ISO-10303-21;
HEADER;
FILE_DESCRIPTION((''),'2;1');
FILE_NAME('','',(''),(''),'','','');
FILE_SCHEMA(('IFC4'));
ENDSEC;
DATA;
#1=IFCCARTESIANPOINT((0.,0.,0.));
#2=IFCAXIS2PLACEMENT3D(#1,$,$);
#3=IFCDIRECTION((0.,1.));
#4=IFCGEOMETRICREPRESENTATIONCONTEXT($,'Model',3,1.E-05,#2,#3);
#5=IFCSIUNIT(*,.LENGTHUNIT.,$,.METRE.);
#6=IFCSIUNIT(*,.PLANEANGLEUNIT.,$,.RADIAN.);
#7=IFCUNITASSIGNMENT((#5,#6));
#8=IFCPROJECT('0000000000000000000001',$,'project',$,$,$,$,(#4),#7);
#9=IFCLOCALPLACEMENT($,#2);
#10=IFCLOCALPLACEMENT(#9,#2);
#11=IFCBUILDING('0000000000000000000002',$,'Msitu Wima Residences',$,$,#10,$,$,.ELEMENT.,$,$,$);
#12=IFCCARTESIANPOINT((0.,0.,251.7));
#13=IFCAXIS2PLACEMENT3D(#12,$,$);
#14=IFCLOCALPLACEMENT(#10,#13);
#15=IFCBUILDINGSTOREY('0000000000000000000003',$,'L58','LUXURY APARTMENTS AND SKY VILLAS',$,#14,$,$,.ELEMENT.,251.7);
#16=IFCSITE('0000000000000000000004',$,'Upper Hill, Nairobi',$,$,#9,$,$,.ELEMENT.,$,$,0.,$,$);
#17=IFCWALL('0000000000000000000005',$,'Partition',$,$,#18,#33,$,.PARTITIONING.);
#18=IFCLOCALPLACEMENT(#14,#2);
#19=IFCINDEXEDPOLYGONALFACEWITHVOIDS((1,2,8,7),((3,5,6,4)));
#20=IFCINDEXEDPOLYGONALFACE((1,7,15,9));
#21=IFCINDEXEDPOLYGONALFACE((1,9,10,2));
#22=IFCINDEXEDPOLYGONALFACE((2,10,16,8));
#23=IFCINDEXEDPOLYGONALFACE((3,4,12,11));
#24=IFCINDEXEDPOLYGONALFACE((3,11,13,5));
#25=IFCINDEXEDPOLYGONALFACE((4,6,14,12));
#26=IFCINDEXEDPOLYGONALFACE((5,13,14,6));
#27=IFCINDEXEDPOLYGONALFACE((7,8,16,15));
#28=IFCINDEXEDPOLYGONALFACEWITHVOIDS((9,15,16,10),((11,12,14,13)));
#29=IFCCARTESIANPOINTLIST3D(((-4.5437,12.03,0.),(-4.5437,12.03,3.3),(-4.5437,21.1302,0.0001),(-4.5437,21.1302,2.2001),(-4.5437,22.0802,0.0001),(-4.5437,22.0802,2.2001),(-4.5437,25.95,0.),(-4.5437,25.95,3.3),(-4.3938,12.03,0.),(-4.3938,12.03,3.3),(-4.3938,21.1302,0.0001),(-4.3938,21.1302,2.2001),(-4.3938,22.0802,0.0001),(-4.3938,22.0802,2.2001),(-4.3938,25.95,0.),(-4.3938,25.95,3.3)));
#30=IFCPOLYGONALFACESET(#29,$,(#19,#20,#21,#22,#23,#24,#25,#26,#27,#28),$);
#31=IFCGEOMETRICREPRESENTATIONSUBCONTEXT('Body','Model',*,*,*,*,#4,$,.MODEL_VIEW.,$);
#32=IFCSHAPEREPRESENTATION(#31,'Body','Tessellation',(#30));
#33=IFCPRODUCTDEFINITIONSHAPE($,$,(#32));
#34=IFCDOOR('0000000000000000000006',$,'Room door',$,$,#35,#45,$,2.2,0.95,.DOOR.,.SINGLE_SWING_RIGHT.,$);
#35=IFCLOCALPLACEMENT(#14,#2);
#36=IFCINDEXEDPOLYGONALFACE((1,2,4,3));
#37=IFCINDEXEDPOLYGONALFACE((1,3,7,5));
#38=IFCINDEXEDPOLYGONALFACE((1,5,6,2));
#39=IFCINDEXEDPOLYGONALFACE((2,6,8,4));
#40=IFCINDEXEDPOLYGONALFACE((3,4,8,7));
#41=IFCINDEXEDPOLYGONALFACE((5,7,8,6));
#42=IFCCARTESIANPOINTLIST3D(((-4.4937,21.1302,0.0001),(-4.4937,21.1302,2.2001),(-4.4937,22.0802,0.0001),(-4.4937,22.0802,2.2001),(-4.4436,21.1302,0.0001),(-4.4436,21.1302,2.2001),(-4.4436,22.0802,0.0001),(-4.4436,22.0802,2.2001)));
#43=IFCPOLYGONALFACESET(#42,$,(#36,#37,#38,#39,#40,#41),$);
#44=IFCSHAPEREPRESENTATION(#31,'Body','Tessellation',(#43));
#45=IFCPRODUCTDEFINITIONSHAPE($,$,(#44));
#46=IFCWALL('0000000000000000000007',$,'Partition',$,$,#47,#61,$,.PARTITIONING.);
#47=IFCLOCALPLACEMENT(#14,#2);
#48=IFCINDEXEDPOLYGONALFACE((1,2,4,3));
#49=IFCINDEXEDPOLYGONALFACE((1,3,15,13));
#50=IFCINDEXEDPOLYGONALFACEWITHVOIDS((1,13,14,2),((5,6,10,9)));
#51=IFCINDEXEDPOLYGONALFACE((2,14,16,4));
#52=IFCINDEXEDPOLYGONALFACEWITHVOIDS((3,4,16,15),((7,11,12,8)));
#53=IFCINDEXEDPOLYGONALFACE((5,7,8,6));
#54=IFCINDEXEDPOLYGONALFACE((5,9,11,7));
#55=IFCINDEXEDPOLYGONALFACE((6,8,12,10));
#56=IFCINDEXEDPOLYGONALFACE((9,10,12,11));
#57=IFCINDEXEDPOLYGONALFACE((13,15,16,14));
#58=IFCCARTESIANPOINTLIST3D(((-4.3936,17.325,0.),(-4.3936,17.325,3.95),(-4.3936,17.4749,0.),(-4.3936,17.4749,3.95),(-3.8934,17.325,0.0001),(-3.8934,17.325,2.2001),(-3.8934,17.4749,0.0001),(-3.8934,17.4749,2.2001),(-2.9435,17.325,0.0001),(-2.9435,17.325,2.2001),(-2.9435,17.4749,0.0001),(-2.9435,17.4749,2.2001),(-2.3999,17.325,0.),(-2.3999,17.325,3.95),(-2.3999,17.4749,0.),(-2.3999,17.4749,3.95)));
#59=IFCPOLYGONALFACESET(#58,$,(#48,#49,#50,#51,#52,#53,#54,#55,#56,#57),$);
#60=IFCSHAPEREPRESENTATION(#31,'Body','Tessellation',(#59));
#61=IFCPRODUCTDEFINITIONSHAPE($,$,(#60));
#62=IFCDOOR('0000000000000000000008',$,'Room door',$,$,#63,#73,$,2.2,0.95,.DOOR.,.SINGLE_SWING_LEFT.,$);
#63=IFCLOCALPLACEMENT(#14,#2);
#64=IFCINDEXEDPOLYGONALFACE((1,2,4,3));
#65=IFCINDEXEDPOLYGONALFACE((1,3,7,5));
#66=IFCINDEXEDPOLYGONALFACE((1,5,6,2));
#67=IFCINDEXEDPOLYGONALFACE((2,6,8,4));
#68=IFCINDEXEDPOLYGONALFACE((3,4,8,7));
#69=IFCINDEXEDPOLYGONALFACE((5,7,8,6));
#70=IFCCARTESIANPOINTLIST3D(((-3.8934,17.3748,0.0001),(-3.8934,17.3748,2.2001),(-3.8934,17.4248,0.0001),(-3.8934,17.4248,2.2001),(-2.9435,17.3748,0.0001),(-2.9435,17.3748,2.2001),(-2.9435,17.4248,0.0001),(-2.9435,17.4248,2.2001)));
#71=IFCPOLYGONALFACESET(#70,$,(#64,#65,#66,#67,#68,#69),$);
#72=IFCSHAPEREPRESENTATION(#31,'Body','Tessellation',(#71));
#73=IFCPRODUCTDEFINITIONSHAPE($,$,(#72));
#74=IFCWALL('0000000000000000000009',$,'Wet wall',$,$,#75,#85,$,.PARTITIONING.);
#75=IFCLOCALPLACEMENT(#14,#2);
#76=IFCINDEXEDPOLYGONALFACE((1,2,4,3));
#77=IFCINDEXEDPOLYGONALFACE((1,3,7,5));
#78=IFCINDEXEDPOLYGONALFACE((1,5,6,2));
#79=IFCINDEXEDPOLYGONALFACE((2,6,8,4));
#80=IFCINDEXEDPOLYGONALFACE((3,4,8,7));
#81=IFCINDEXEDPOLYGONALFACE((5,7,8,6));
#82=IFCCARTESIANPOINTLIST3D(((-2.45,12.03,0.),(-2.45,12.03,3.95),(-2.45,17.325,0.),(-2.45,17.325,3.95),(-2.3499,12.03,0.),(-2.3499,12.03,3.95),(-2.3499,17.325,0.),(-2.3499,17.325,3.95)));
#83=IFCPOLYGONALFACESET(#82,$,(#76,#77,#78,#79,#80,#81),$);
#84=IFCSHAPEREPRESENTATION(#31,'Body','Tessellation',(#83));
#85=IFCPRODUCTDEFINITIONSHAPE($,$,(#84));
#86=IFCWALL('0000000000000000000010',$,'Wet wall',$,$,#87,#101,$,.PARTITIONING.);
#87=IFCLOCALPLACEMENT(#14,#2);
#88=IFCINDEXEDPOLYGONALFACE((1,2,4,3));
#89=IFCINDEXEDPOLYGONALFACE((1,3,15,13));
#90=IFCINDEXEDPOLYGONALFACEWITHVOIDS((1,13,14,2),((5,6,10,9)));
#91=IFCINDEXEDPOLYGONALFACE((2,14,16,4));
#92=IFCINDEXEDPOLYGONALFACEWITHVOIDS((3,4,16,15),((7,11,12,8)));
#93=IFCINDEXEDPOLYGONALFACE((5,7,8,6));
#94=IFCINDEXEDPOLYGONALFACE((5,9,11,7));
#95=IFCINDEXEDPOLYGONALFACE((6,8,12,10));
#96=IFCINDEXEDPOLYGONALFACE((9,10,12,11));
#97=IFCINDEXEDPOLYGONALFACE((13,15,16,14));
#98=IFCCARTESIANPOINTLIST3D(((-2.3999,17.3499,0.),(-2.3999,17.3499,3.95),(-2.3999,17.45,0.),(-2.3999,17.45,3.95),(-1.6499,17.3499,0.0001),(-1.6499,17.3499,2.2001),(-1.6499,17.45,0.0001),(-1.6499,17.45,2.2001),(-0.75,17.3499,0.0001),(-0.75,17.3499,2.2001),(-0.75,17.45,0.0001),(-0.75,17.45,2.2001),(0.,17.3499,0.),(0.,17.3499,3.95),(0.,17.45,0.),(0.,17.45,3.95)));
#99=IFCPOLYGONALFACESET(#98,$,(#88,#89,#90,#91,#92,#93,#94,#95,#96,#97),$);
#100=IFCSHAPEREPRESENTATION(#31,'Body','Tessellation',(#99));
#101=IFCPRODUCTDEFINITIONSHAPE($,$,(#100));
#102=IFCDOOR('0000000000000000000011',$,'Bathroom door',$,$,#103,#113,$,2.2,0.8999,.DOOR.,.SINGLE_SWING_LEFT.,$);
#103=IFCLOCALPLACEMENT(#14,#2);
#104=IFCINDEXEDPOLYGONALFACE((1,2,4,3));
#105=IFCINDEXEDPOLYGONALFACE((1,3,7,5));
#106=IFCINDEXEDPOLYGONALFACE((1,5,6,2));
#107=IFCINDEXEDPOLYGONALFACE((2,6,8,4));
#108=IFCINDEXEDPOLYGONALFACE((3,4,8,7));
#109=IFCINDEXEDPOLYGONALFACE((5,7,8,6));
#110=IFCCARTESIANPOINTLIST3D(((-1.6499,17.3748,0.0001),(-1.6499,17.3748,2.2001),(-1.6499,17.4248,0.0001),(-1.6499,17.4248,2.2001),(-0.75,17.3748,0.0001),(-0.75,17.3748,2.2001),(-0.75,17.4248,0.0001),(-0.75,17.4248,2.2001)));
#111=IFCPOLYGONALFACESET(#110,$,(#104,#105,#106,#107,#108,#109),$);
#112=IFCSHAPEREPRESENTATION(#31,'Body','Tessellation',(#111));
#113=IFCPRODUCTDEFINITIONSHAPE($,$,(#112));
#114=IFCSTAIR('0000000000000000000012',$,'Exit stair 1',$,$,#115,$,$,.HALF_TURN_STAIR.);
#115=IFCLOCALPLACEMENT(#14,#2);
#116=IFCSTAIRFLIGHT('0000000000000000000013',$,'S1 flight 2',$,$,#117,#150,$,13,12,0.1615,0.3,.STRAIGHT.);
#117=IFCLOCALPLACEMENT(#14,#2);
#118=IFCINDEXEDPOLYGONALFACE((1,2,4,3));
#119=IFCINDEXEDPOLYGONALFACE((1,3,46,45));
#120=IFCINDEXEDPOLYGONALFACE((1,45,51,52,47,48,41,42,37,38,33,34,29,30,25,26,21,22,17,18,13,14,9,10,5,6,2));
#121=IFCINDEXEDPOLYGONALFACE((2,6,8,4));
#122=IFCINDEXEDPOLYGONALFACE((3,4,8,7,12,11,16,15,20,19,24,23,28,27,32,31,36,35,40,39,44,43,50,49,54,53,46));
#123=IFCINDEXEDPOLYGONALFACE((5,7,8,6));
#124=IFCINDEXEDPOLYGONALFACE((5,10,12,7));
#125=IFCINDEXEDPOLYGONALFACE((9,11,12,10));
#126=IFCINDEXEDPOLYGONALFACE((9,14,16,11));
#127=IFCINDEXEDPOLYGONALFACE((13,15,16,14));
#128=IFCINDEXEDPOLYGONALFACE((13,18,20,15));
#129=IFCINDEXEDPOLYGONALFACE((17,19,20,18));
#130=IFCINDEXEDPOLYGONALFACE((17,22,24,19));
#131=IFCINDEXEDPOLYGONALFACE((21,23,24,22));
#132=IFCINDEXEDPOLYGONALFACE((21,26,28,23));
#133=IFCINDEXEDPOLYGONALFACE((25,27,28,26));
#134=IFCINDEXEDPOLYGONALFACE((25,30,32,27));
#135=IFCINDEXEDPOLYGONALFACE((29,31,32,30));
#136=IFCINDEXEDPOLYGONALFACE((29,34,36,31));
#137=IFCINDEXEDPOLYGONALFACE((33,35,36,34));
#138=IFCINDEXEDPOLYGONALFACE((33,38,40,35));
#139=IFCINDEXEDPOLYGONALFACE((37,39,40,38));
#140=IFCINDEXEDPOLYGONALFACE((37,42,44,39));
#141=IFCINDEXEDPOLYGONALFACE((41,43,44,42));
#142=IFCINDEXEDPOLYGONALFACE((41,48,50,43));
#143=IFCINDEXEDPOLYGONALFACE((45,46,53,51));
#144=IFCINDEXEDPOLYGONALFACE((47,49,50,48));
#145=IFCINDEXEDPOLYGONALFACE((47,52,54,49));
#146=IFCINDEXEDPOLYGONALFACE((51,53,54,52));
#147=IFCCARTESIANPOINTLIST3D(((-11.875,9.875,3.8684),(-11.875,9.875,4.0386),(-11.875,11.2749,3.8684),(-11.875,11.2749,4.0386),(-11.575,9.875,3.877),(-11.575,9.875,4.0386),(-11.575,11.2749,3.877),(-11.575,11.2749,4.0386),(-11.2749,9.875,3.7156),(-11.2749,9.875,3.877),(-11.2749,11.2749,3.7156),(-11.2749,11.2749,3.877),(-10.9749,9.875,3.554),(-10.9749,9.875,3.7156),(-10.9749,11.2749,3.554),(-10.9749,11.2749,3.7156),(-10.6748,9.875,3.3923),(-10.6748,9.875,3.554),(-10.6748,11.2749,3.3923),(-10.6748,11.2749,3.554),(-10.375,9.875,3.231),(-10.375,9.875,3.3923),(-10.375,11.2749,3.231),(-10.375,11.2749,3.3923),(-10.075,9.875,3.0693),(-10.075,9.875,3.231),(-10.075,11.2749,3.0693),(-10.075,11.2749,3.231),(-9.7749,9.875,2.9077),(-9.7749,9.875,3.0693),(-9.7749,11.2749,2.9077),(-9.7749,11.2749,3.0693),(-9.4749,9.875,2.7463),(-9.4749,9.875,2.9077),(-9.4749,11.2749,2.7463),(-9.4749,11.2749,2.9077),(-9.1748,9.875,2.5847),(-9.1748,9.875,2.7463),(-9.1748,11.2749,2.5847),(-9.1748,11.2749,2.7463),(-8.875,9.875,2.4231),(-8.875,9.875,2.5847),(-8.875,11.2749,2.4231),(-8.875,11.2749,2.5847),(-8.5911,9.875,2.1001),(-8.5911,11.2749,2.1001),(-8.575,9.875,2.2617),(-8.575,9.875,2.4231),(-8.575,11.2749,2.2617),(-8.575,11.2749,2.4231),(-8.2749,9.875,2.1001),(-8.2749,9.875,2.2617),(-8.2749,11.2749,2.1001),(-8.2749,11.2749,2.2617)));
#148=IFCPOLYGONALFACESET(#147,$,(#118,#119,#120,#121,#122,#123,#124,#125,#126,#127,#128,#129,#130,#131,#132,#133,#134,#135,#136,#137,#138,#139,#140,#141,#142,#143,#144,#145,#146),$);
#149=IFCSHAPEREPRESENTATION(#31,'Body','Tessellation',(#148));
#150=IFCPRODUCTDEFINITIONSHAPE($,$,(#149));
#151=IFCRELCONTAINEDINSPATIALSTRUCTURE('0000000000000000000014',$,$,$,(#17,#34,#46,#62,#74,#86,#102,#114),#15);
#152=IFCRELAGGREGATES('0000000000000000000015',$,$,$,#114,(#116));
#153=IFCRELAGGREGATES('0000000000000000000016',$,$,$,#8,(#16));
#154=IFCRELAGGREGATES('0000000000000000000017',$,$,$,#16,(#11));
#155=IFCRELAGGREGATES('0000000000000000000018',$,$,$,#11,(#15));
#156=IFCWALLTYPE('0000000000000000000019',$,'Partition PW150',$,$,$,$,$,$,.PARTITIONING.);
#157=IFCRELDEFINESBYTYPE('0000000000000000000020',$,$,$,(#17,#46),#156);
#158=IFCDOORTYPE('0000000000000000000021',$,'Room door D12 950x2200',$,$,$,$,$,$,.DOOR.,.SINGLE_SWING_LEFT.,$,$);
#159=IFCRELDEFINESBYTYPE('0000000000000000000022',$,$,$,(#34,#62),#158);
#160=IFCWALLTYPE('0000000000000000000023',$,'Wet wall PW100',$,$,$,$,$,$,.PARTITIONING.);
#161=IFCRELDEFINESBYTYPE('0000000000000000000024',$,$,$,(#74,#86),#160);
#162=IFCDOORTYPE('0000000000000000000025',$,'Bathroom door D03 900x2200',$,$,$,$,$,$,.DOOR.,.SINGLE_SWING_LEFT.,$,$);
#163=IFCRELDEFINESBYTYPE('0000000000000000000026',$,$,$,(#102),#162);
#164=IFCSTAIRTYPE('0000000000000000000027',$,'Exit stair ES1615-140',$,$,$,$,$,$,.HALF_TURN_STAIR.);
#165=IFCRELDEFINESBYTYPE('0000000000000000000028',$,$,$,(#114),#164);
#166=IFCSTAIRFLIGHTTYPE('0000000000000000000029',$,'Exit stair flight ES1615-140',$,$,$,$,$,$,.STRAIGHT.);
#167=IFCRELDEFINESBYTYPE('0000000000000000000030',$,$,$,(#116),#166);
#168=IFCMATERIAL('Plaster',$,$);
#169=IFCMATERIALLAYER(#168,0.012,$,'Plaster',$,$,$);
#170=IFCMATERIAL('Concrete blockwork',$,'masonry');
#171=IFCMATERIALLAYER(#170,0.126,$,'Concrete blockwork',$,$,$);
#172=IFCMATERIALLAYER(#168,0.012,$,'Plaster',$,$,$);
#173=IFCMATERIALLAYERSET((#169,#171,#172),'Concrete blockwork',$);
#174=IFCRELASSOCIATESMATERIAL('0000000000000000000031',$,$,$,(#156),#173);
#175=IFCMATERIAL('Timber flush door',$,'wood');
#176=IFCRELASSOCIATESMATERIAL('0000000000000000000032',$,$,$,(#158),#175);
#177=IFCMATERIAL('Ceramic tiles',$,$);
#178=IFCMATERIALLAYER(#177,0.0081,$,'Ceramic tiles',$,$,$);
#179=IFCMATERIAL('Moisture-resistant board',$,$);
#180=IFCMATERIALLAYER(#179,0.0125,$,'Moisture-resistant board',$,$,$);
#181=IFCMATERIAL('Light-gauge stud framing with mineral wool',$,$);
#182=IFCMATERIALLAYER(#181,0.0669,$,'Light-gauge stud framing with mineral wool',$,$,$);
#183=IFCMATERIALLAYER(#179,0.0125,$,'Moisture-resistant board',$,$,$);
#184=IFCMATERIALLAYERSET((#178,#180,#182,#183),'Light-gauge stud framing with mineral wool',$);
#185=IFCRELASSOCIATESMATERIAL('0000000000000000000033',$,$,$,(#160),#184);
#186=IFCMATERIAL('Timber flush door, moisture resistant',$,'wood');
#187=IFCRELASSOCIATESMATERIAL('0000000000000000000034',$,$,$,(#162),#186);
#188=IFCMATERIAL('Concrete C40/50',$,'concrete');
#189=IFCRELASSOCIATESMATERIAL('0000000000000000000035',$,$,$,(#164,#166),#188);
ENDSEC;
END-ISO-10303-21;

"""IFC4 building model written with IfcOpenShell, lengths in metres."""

from ifc_helpers import new_model, si_unit, direction, frame, frame_2d, origin, place, context, subcontext, project, spatial, polyline, rectangle, outline, extrude, material, layer, layer_set, type_object, element, fill, aggregate, save


model = new_model("IFC4")

# Units and contexts
model_context = context("Model", 3, precision=1e-05, world=origin(), true_north=direction((0.0, 1.0)))
body_context = subcontext(model_context, "Body", "Model", "MODEL_VIEW")
ifc_project = project(units=[si_unit("LENGTHUNIT", "METRE"), si_unit("PLANEANGLEUNIT", "RADIAN")], contexts=[model_context])

# Site, building, storey
site_placement = place(None, origin())
site = spatial("IfcSite", under=ifc_project, at=site_placement, Name="Upper Hill, Nairobi", CompositionType="ELEMENT", RefElevation=0.0)
building_placement = place(site_placement, origin())
building = spatial("IfcBuilding", under=site, at=building_placement, Name="Msitu Wima Residences", CompositionType="ELEMENT")
storey_placement = place(building_placement, frame((0.0, 0.0, 251.7)))
storey = spatial("IfcBuildingStorey", under=building, at=storey_placement, Name="L58", Description="LUXURY APARTMENTS AND SKY VILLAS", CompositionType="ELEMENT", Elevation=251.7)

# Shared definitions
ifc_material_1 = material(Name="Concrete C40/50", Category="concrete")

# Walls, openings, doors
ifc_material_2 = material(Name="Plaster")
ifc_layer_1 = layer(ifc_material_2, 0.012, Name="Plaster")
ifc_material_3 = material(Name="Concrete blockwork", Category="masonry")
ifc_layer_2 = layer(ifc_material_3, 0.126, Name="Concrete blockwork")
ifc_layer_3 = layer(ifc_material_2, 0.012, Name="Plaster")
ifc_layer_set_1 = layer_set([ifc_layer_1, ifc_layer_2, ifc_layer_3], Name="Concrete blockwork")
wall_type_1 = type_object("IfcWallType", Name="Partition PW150", PredefinedType="PARTITIONING", material=ifc_layer_set_1)
ifc_material_4 = material(Name="Timber flush door", Category="wood")
door_type_1 = type_object("IfcDoorType", Name="Room door D12 950x2200", OperationType="SINGLE_SWING_LEFT", PredefinedType="DOOR", material=ifc_material_4)
wall_1_placement = place(storey_placement, frame((-4.4688, 12.03, 0.0), z_axis=(0.0, 0.0, 1.0), x_axis=(0.0, 1.0, 0.0)))
wall_1 = element("IfcWall", 1, at=wall_1_placement, inside=storey, type_object=wall_type_1, Name="Partition", PredefinedType="PARTITIONING", context=body_context, shape_type="SweptSolid", body=[
    extrude(rectangle(XDim=13.9199, YDim=0.1499, at=frame_2d((6.96, 0.0))), origin(), (0.0, 0.0, 1.0), 3.3),
])
opening_1_placement = place(wall_1_placement, frame((9.1001, 0.0, 0.0)))
opening_1 = element("IfcOpeningElement", 2, at=opening_1_placement, cuts=wall_1, PredefinedType="OPENING", context=body_context, shape_type="SweptSolid", body=[
    extrude(rectangle(XDim=0.95, YDim=2.2, at=frame_2d((0.4751, 1.1001))), frame((0.0, 0.085, 0.0), z_axis=(0.0, -1.0, 0.0), x_axis=(1.0, 0.0, 0.0)), (0.0, 0.0, 1.0), 0.1699),
])
door_1_placement = place(opening_1_placement, origin())
door_1 = element("IfcDoor", 3, at=door_1_placement, inside=storey, type_object=door_type_1, Name="Room door", OperationType="SINGLE_SWING_RIGHT", OverallHeight=2.2, OverallWidth=0.95, PredefinedType="DOOR", context=body_context, shape_type="SweptSolid", body=[
    extrude(rectangle(XDim=0.95, YDim=2.2, at=frame_2d((0.4751, 1.1001))), frame((0.0, 0.0249, 0.0), z_axis=(0.0, -1.0, 0.0), x_axis=(1.0, 0.0, 0.0)), (0.0, 0.0, 1.0), 0.05),
])
fill(opening_1, door_1)
wall_2_placement = place(storey_placement, frame((-4.3936, 17.3999, 0.0), z_axis=(0.0, 0.0, 1.0), x_axis=(1.0, 0.0, 0.0)))
wall_2 = element("IfcWall", 4, at=wall_2_placement, inside=storey, type_object=wall_type_1, Name="Partition", PredefinedType="PARTITIONING", context=body_context, shape_type="SweptSolid", body=[
    extrude(rectangle(XDim=1.9937, YDim=0.1499, at=frame_2d((0.9968, 0.0))), origin(), (0.0, 0.0, 1.0), 3.95),
])
opening_2_placement = place(wall_2_placement, frame((0.5, 0.0, 0.0)))
opening_2 = element("IfcOpeningElement", 5, at=opening_2_placement, cuts=wall_2, PredefinedType="OPENING", context=body_context, shape_type="SweptSolid", body=[
    extrude(rectangle(XDim=0.95, YDim=2.2, at=frame_2d((0.4751, 1.1001))), frame((0.0, 0.085, 0.0), z_axis=(0.0, -1.0, 0.0), x_axis=(1.0, 0.0, 0.0)), (0.0, 0.0, 1.0), 0.1699),
])
door_2_placement = place(opening_2_placement, origin())
door_2 = element("IfcDoor", 6, at=door_2_placement, inside=storey, type_object=door_type_1, Name="Room door", OperationType="SINGLE_SWING_LEFT", OverallHeight=2.2, OverallWidth=0.95, PredefinedType="DOOR", context=body_context, shape_type="SweptSolid", body=[
    extrude(rectangle(XDim=0.95, YDim=2.2, at=frame_2d((0.4751, 1.1001))), frame((0.0, 0.0249, 0.0), z_axis=(0.0, -1.0, 0.0), x_axis=(1.0, 0.0, 0.0)), (0.0, 0.0, 1.0), 0.05),
])
fill(opening_2, door_2)

# Wall
ifc_material_5 = material(Name="Ceramic tiles")
ifc_layer_4 = layer(ifc_material_5, 0.0081, Name="Ceramic tiles")
ifc_material_6 = material(Name="Moisture-resistant board")
ifc_layer_5 = layer(ifc_material_6, 0.0125, Name="Moisture-resistant board")
ifc_material_7 = material(Name="Light-gauge stud framing with mineral wool")
ifc_layer_6 = layer(ifc_material_7, 0.0669, Name="Light-gauge stud framing with mineral wool")
ifc_layer_7 = layer(ifc_material_6, 0.0125, Name="Moisture-resistant board")
ifc_layer_set_2 = layer_set([ifc_layer_4, ifc_layer_5, ifc_layer_6, ifc_layer_7], Name="Light-gauge stud framing with mineral wool")
wall_type_2 = type_object("IfcWallType", Name="Wet wall PW100", PredefinedType="PARTITIONING", material=ifc_layer_set_2)
wall_3_placement = place(storey_placement, frame((-2.3999, 12.03, 0.0), z_axis=(0.0, 0.0, 1.0), x_axis=(0.0, 1.0, 0.0)))
element("IfcWall", 7, at=wall_3_placement, inside=storey, type_object=wall_type_2, Name="Wet wall", PredefinedType="PARTITIONING", context=body_context, shape_type="SweptSolid", body=[
    extrude(rectangle(XDim=5.2949, YDim=0.1001, at=frame_2d((2.6475, 0.0))), origin(), (0.0, 0.0, 1.0), 3.95),
])

# Wall, opening, door
wall_4_placement = place(storey_placement, frame((-2.3999, 17.3999, 0.0), z_axis=(0.0, 0.0, 1.0), x_axis=(1.0, 0.0, 0.0)))
wall_4 = element("IfcWall", 8, at=wall_4_placement, inside=storey, type_object=wall_type_2, Name="Wet wall", PredefinedType="PARTITIONING", context=body_context, shape_type="SweptSolid", body=[
    extrude(rectangle(XDim=2.3999, YDim=0.1001, at=frame_2d((1.2, 0.0))), origin(), (0.0, 0.0, 1.0), 3.95),
])
opening_3_placement = place(wall_4_placement, frame((0.75, 0.0, 0.0)))
opening_3 = element("IfcOpeningElement", 9, at=opening_3_placement, cuts=wall_4, PredefinedType="OPENING", context=body_context, shape_type="SweptSolid", body=[
    extrude(rectangle(XDim=0.8999, YDim=2.2, at=frame_2d((0.45, 1.1001))), frame((0.0, 0.0601, 0.0), z_axis=(0.0, -1.0, 0.0), x_axis=(1.0, 0.0, 0.0)), (0.0, 0.0, 1.0), 0.1201),
])
ifc_material_8 = material(Name="Timber flush door, moisture resistant", Category="wood")
door_type_2 = type_object("IfcDoorType", Name="Bathroom door D03 900x2200", OperationType="SINGLE_SWING_LEFT", PredefinedType="DOOR", material=ifc_material_8)
door_3_placement = place(opening_3_placement, origin())
door_3 = element("IfcDoor", 10, at=door_3_placement, inside=storey, type_object=door_type_2, Name="Bathroom door", OperationType="SINGLE_SWING_LEFT", OverallHeight=2.2, OverallWidth=0.8999, PredefinedType="DOOR", context=body_context, shape_type="SweptSolid", body=[
    extrude(rectangle(XDim=0.8999, YDim=2.2, at=frame_2d((0.45, 1.1001))), frame((0.0, 0.0249, 0.0), z_axis=(0.0, -1.0, 0.0), x_axis=(1.0, 0.0, 0.0)), (0.0, 0.0, 1.0), 0.05),
])
fill(opening_3, door_3)

# Stair, stair flight
stair_type = type_object("IfcStairType", Name="Exit stair ES1615-140", PredefinedType="HALF_TURN_STAIR", material=ifc_material_1)
stair_placement = place(storey_placement, origin())
stair = element("IfcStair", 11, at=stair_placement, inside=storey, type_object=stair_type, Name="Exit stair 1", PredefinedType="HALF_TURN_STAIR")
stair_flight_type = type_object("IfcStairFlightType", Name="Exit stair flight ES1615-140", PredefinedType="STRAIGHT", material=ifc_material_1)
stair_flight_placement = place(storey_placement, frame((-8.2749, 10.575, 2.1001), z_axis=(0.0, 0.0, 1.0), x_axis=(-1.0, 0.0, 0.0)))
stair_flight = element("IfcStairFlight", 12, at=stair_flight_placement, type_object=stair_flight_type, Name="S1 flight 2", NumberOfRisers=13, NumberOfTreads=12, PredefinedType="STRAIGHT", RiserHeight=0.1615, TreadLength=0.3, context=body_context, shape_type="SweptSolid", body=[
    extrude(outline(polyline([(0.0, 0.0), (0.0, 0.1616), (0.3, 0.1616), (0.3, 0.323), (0.6001, 0.323), (0.6001, 0.4846), (0.8999, 0.4846), (0.8999, 0.6462), (1.2, 0.6462), (1.2, 0.8076), (1.5, 0.8076), (1.5, 0.9692), (1.8, 0.9692), (1.8, 1.1309), (2.1001, 1.1309), (2.1001, 1.2922), (2.3999, 1.2922), (2.3999, 1.4539), (2.7, 1.4539), (2.7, 1.6155), (3.0, 1.6155), (3.0, 1.7769), (3.3, 1.7769), (3.3, 1.9385), (3.6001, 1.9385), (3.6001, 2.1001), (3.6001, 1.7683), (0.3162, 0.0), (0.0, 0.0)])), frame((0.0, 0.7, 0.0), z_axis=(0.0, -1.0, 0.0), x_axis=(1.0, 0.0, 0.0)), (0.0, 0.0, 1.0), 1.3999),
])
aggregate(stair, [stair_flight])

save(model, "model.ifc")
